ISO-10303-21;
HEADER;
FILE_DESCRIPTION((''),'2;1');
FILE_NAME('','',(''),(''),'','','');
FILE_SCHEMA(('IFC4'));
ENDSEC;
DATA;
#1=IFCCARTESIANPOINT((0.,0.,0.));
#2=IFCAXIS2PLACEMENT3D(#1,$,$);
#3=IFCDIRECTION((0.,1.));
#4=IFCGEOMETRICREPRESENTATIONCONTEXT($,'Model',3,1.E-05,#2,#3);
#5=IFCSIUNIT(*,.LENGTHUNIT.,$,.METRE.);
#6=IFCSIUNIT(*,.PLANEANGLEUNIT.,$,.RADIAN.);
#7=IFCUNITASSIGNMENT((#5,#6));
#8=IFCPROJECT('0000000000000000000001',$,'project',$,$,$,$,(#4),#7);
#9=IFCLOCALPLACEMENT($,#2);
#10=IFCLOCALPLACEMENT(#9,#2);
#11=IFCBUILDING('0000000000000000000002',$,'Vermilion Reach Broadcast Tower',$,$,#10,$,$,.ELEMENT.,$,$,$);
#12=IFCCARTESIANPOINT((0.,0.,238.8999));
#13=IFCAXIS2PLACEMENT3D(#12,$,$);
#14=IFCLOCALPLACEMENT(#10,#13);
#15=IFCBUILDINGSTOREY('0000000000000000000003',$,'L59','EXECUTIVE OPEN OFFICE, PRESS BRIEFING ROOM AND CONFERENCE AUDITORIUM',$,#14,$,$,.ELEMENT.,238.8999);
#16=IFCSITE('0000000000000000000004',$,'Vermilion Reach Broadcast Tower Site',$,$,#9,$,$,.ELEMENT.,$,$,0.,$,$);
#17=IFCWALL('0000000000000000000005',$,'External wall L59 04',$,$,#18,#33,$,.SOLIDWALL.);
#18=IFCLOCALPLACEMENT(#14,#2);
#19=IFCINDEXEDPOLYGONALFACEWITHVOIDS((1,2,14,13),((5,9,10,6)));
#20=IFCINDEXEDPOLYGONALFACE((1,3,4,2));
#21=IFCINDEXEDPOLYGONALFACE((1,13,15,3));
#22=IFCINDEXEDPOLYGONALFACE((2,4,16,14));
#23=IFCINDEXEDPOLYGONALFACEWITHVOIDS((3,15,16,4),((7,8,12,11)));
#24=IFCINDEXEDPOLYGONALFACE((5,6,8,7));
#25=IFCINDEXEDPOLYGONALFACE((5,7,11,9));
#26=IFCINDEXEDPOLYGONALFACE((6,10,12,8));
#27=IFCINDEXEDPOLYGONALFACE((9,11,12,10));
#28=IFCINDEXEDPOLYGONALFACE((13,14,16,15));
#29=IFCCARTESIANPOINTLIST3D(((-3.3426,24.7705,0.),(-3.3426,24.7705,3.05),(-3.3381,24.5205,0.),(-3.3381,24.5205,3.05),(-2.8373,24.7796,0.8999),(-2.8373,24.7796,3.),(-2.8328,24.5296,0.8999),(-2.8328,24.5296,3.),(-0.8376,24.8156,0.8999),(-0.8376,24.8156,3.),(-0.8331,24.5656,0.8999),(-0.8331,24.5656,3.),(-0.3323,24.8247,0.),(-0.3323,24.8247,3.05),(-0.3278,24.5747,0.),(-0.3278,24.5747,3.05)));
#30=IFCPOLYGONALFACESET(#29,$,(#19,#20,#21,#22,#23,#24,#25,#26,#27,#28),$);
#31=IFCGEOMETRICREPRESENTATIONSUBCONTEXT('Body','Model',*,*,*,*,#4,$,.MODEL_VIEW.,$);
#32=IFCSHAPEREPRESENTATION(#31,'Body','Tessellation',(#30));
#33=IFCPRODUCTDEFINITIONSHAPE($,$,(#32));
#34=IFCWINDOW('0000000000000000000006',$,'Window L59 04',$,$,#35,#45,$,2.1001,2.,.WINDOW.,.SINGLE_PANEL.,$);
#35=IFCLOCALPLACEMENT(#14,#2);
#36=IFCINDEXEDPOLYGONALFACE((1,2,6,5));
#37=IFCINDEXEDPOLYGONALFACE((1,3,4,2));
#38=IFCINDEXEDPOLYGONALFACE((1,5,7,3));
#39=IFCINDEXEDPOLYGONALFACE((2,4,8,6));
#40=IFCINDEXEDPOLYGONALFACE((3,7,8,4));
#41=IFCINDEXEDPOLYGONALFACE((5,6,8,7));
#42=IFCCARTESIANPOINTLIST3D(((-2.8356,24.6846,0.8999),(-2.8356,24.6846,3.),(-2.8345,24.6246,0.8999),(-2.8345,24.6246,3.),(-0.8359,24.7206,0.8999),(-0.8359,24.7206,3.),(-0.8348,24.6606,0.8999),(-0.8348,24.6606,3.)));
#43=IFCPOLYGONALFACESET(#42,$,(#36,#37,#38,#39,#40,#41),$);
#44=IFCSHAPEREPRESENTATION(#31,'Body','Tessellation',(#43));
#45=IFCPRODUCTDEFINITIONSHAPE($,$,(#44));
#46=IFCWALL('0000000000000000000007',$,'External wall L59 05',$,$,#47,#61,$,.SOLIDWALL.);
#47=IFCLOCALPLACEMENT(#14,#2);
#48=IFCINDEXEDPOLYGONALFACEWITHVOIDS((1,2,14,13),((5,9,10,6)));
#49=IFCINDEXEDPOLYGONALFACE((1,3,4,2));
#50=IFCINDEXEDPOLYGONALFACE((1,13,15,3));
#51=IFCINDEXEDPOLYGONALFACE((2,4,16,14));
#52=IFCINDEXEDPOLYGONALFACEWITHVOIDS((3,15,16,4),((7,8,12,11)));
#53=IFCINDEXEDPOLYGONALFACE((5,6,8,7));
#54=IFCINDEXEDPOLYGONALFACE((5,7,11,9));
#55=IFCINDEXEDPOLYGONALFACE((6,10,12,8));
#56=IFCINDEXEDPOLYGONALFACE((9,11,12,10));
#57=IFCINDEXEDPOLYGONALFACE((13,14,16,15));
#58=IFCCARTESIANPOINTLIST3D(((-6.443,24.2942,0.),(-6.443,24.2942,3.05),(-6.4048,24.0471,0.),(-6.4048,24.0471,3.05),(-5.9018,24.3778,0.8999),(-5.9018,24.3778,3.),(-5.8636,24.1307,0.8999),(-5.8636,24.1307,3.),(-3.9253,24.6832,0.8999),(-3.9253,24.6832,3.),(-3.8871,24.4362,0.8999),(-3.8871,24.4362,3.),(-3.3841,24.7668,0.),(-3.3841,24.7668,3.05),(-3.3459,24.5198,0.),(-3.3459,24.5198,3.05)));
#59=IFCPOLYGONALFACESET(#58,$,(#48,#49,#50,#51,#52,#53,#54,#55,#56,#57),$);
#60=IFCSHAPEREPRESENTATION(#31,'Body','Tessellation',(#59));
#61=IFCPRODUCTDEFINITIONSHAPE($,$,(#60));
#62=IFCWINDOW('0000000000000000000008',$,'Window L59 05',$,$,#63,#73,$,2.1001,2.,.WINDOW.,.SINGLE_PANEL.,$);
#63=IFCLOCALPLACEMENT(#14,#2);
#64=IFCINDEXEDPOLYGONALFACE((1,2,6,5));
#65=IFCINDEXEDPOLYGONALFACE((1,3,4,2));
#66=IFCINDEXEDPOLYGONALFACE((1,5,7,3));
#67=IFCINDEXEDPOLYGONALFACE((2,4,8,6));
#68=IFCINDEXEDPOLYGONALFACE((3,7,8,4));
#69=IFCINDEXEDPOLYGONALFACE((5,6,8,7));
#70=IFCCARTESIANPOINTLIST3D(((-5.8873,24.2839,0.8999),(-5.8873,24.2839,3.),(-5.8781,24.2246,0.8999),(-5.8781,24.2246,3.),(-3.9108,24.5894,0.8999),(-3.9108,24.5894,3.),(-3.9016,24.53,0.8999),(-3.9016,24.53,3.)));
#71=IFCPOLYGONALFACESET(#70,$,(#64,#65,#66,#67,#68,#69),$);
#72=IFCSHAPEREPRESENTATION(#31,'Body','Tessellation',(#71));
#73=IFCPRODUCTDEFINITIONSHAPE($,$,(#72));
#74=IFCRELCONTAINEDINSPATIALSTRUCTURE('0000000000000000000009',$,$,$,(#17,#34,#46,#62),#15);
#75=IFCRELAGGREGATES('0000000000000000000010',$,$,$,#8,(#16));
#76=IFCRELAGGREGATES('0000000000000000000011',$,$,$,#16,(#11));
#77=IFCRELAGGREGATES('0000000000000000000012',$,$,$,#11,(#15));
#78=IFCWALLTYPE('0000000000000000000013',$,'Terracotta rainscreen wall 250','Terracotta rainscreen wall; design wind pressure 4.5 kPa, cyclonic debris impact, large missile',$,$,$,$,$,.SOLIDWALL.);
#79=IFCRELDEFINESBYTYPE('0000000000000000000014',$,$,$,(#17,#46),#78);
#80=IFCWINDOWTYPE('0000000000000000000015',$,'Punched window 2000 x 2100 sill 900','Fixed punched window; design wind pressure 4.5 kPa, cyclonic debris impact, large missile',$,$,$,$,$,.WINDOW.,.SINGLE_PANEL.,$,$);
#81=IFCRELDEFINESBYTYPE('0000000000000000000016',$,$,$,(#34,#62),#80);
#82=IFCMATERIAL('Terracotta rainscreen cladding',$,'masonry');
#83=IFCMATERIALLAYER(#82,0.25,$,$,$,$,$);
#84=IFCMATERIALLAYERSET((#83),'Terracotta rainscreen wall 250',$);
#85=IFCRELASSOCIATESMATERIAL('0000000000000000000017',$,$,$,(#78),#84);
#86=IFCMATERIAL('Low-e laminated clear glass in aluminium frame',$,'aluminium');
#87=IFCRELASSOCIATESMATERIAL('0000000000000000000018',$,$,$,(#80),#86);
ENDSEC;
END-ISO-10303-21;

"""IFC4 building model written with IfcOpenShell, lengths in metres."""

from ifc_helpers import new_model, si_unit, direction, frame, frame_2d, origin, place, context, subcontext, project, spatial, rectangle, extrude, material, layer, layer_set, type_object, element, fill, save


model = new_model("IFC4")

# Units and contexts
model_context = context("Model", 3, precision=1e-05, world=origin(), true_north=direction((0.0, 1.0)))
body_context = subcontext(model_context, "Body", "Model", "MODEL_VIEW")
ifc_project = project(units=[si_unit("LENGTHUNIT", "METRE"), si_unit("PLANEANGLEUNIT", "RADIAN")], contexts=[model_context])

# Site, building, storey
site_placement = place(None, origin())
site = spatial("IfcSite", under=ifc_project, at=site_placement, Name="Vermilion Reach Broadcast Tower Site", CompositionType="ELEMENT", RefElevation=0.0)
building_placement = place(site_placement, origin())
building = spatial("IfcBuilding", under=site, at=building_placement, Name="Vermilion Reach Broadcast Tower", CompositionType="ELEMENT")
storey_placement = place(building_placement, frame((0.0, 0.0, 238.8999)))
storey = spatial("IfcBuildingStorey", under=building, at=storey_placement, Name="L59", Description="EXECUTIVE OPEN OFFICE, PRESS BRIEFING ROOM AND CONFERENCE AUDITORIUM", CompositionType="ELEMENT", Elevation=238.8999)

# Shared definitions
ifc_material_1 = material(Name="Terracotta rainscreen cladding", Category="masonry")
ifc_layer_1 = layer(ifc_material_1, 0.25)
ifc_layer_set_1 = layer_set([ifc_layer_1], Name="Terracotta rainscreen wall 250")
wall_type_1 = type_object("IfcWallType", Name="Terracotta rainscreen wall 250", Description="Terracotta rainscreen wall; design wind pressure 4.5 kPa, cyclonic debris impact, large missile", PredefinedType="SOLIDWALL", material=ifc_layer_set_1)

# Walls, openings, windows
wall_1_placement = place(storey_placement, frame((-0.3301, 24.6997, 0.0), z_axis=(0.0, 0.0, 1.0), x_axis=(-0.999838, -0.018002, 0.0)))
wall_1 = element("IfcWall", 1, at=wall_1_placement, inside=storey, type_object=wall_type_1, Name="External wall L59 04", PredefinedType="SOLIDWALL", context=body_context, shape_type="SweptSolid", body=[
    extrude(rectangle(XDim=3.0107, YDim=0.25, at=frame_2d((1.5054, 0.0))), origin(), (0.0, 0.0, 1.0), 3.05),
])
opening_1_placement = place(wall_1_placement, frame((0.5054, 0.0, 0.8999)))
opening_1 = element("IfcOpeningElement", 2, at=opening_1_placement, cuts=wall_1, PredefinedType="OPENING", context=body_context, shape_type="SweptSolid", body=[
    extrude(rectangle(XDim=2.0, YDim=2.1001, at=frame_2d((1.0, 1.05))), frame((0.0, 0.135, 0.0), z_axis=(0.0, -1.0, 0.0), x_axis=(1.0, 0.0, 0.0)), (0.0, 0.0, 1.0), 0.27),
])
ifc_material_2 = material(Name="Low-e laminated clear glass in aluminium frame", Category="aluminium")
window_type = type_object("IfcWindowType", Name="Punched window 2000 x 2100 sill 900", Description="Fixed punched window; design wind pressure 4.5 kPa, cyclonic debris impact, large missile", PartitioningType="SINGLE_PANEL", PredefinedType="WINDOW", material=ifc_material_2)
window_1_placement = place(opening_1_placement, origin())
window_1 = element("IfcWindow", 3, at=window_1_placement, inside=storey, type_object=window_type, Name="Window L59 04", OverallHeight=2.1001, OverallWidth=2.0, PartitioningType="SINGLE_PANEL", PredefinedType="WINDOW", context=body_context, shape_type="SweptSolid", body=[
    extrude(rectangle(XDim=2.0, YDim=2.1001, at=frame_2d((1.0, 1.05))), frame((0.0, 0.03, 0.0), z_axis=(0.0, -1.0, 0.0), x_axis=(1.0, 0.0, 0.0)), (0.0, 0.0, 1.0), 0.0601),
])
fill(opening_1, window_1)
wall_2_placement = place(storey_placement, frame((-3.365, 24.6433, 0.0), z_axis=(0.0, 0.0, 1.0), x_axis=(-0.988271, -0.152709, 0.0)))
wall_2 = element("IfcWall", 4, at=wall_2_placement, inside=storey, type_object=wall_type_1, Name="External wall L59 05", PredefinedType="SOLIDWALL", context=body_context, shape_type="SweptSolid", body=[
    extrude(rectangle(XDim=3.0952, YDim=0.25, at=frame_2d((1.5476, 0.0))), origin(), (0.0, 0.0, 1.0), 3.05),
])
opening_2_placement = place(wall_2_placement, frame((0.5476, 0.0, 0.8999)))
opening_2 = element("IfcOpeningElement", 5, at=opening_2_placement, cuts=wall_2, PredefinedType="OPENING", context=body_context, shape_type="SweptSolid", body=[
    extrude(rectangle(XDim=2.0, YDim=2.1001, at=frame_2d((1.0, 1.05))), frame((0.0, 0.135, 0.0), z_axis=(0.0, -1.0, 0.0), x_axis=(1.0, 0.0, 0.0)), (0.0, 0.0, 1.0), 0.27),
])
window_2_placement = place(opening_2_placement, origin())
window_2 = element("IfcWindow", 6, at=window_2_placement, inside=storey, type_object=window_type, Name="Window L59 05", OverallHeight=2.1001, OverallWidth=2.0, PartitioningType="SINGLE_PANEL", PredefinedType="WINDOW", context=body_context, shape_type="SweptSolid", body=[
    extrude(rectangle(XDim=2.0, YDim=2.1001, at=frame_2d((1.0, 1.05))), frame((0.0, 0.03, 0.0), z_axis=(0.0, -1.0, 0.0), x_axis=(1.0, 0.0, 0.0)), (0.0, 0.0, 1.0), 0.0601),
])
fill(opening_2, window_2)

save(model, "model.ifc")
